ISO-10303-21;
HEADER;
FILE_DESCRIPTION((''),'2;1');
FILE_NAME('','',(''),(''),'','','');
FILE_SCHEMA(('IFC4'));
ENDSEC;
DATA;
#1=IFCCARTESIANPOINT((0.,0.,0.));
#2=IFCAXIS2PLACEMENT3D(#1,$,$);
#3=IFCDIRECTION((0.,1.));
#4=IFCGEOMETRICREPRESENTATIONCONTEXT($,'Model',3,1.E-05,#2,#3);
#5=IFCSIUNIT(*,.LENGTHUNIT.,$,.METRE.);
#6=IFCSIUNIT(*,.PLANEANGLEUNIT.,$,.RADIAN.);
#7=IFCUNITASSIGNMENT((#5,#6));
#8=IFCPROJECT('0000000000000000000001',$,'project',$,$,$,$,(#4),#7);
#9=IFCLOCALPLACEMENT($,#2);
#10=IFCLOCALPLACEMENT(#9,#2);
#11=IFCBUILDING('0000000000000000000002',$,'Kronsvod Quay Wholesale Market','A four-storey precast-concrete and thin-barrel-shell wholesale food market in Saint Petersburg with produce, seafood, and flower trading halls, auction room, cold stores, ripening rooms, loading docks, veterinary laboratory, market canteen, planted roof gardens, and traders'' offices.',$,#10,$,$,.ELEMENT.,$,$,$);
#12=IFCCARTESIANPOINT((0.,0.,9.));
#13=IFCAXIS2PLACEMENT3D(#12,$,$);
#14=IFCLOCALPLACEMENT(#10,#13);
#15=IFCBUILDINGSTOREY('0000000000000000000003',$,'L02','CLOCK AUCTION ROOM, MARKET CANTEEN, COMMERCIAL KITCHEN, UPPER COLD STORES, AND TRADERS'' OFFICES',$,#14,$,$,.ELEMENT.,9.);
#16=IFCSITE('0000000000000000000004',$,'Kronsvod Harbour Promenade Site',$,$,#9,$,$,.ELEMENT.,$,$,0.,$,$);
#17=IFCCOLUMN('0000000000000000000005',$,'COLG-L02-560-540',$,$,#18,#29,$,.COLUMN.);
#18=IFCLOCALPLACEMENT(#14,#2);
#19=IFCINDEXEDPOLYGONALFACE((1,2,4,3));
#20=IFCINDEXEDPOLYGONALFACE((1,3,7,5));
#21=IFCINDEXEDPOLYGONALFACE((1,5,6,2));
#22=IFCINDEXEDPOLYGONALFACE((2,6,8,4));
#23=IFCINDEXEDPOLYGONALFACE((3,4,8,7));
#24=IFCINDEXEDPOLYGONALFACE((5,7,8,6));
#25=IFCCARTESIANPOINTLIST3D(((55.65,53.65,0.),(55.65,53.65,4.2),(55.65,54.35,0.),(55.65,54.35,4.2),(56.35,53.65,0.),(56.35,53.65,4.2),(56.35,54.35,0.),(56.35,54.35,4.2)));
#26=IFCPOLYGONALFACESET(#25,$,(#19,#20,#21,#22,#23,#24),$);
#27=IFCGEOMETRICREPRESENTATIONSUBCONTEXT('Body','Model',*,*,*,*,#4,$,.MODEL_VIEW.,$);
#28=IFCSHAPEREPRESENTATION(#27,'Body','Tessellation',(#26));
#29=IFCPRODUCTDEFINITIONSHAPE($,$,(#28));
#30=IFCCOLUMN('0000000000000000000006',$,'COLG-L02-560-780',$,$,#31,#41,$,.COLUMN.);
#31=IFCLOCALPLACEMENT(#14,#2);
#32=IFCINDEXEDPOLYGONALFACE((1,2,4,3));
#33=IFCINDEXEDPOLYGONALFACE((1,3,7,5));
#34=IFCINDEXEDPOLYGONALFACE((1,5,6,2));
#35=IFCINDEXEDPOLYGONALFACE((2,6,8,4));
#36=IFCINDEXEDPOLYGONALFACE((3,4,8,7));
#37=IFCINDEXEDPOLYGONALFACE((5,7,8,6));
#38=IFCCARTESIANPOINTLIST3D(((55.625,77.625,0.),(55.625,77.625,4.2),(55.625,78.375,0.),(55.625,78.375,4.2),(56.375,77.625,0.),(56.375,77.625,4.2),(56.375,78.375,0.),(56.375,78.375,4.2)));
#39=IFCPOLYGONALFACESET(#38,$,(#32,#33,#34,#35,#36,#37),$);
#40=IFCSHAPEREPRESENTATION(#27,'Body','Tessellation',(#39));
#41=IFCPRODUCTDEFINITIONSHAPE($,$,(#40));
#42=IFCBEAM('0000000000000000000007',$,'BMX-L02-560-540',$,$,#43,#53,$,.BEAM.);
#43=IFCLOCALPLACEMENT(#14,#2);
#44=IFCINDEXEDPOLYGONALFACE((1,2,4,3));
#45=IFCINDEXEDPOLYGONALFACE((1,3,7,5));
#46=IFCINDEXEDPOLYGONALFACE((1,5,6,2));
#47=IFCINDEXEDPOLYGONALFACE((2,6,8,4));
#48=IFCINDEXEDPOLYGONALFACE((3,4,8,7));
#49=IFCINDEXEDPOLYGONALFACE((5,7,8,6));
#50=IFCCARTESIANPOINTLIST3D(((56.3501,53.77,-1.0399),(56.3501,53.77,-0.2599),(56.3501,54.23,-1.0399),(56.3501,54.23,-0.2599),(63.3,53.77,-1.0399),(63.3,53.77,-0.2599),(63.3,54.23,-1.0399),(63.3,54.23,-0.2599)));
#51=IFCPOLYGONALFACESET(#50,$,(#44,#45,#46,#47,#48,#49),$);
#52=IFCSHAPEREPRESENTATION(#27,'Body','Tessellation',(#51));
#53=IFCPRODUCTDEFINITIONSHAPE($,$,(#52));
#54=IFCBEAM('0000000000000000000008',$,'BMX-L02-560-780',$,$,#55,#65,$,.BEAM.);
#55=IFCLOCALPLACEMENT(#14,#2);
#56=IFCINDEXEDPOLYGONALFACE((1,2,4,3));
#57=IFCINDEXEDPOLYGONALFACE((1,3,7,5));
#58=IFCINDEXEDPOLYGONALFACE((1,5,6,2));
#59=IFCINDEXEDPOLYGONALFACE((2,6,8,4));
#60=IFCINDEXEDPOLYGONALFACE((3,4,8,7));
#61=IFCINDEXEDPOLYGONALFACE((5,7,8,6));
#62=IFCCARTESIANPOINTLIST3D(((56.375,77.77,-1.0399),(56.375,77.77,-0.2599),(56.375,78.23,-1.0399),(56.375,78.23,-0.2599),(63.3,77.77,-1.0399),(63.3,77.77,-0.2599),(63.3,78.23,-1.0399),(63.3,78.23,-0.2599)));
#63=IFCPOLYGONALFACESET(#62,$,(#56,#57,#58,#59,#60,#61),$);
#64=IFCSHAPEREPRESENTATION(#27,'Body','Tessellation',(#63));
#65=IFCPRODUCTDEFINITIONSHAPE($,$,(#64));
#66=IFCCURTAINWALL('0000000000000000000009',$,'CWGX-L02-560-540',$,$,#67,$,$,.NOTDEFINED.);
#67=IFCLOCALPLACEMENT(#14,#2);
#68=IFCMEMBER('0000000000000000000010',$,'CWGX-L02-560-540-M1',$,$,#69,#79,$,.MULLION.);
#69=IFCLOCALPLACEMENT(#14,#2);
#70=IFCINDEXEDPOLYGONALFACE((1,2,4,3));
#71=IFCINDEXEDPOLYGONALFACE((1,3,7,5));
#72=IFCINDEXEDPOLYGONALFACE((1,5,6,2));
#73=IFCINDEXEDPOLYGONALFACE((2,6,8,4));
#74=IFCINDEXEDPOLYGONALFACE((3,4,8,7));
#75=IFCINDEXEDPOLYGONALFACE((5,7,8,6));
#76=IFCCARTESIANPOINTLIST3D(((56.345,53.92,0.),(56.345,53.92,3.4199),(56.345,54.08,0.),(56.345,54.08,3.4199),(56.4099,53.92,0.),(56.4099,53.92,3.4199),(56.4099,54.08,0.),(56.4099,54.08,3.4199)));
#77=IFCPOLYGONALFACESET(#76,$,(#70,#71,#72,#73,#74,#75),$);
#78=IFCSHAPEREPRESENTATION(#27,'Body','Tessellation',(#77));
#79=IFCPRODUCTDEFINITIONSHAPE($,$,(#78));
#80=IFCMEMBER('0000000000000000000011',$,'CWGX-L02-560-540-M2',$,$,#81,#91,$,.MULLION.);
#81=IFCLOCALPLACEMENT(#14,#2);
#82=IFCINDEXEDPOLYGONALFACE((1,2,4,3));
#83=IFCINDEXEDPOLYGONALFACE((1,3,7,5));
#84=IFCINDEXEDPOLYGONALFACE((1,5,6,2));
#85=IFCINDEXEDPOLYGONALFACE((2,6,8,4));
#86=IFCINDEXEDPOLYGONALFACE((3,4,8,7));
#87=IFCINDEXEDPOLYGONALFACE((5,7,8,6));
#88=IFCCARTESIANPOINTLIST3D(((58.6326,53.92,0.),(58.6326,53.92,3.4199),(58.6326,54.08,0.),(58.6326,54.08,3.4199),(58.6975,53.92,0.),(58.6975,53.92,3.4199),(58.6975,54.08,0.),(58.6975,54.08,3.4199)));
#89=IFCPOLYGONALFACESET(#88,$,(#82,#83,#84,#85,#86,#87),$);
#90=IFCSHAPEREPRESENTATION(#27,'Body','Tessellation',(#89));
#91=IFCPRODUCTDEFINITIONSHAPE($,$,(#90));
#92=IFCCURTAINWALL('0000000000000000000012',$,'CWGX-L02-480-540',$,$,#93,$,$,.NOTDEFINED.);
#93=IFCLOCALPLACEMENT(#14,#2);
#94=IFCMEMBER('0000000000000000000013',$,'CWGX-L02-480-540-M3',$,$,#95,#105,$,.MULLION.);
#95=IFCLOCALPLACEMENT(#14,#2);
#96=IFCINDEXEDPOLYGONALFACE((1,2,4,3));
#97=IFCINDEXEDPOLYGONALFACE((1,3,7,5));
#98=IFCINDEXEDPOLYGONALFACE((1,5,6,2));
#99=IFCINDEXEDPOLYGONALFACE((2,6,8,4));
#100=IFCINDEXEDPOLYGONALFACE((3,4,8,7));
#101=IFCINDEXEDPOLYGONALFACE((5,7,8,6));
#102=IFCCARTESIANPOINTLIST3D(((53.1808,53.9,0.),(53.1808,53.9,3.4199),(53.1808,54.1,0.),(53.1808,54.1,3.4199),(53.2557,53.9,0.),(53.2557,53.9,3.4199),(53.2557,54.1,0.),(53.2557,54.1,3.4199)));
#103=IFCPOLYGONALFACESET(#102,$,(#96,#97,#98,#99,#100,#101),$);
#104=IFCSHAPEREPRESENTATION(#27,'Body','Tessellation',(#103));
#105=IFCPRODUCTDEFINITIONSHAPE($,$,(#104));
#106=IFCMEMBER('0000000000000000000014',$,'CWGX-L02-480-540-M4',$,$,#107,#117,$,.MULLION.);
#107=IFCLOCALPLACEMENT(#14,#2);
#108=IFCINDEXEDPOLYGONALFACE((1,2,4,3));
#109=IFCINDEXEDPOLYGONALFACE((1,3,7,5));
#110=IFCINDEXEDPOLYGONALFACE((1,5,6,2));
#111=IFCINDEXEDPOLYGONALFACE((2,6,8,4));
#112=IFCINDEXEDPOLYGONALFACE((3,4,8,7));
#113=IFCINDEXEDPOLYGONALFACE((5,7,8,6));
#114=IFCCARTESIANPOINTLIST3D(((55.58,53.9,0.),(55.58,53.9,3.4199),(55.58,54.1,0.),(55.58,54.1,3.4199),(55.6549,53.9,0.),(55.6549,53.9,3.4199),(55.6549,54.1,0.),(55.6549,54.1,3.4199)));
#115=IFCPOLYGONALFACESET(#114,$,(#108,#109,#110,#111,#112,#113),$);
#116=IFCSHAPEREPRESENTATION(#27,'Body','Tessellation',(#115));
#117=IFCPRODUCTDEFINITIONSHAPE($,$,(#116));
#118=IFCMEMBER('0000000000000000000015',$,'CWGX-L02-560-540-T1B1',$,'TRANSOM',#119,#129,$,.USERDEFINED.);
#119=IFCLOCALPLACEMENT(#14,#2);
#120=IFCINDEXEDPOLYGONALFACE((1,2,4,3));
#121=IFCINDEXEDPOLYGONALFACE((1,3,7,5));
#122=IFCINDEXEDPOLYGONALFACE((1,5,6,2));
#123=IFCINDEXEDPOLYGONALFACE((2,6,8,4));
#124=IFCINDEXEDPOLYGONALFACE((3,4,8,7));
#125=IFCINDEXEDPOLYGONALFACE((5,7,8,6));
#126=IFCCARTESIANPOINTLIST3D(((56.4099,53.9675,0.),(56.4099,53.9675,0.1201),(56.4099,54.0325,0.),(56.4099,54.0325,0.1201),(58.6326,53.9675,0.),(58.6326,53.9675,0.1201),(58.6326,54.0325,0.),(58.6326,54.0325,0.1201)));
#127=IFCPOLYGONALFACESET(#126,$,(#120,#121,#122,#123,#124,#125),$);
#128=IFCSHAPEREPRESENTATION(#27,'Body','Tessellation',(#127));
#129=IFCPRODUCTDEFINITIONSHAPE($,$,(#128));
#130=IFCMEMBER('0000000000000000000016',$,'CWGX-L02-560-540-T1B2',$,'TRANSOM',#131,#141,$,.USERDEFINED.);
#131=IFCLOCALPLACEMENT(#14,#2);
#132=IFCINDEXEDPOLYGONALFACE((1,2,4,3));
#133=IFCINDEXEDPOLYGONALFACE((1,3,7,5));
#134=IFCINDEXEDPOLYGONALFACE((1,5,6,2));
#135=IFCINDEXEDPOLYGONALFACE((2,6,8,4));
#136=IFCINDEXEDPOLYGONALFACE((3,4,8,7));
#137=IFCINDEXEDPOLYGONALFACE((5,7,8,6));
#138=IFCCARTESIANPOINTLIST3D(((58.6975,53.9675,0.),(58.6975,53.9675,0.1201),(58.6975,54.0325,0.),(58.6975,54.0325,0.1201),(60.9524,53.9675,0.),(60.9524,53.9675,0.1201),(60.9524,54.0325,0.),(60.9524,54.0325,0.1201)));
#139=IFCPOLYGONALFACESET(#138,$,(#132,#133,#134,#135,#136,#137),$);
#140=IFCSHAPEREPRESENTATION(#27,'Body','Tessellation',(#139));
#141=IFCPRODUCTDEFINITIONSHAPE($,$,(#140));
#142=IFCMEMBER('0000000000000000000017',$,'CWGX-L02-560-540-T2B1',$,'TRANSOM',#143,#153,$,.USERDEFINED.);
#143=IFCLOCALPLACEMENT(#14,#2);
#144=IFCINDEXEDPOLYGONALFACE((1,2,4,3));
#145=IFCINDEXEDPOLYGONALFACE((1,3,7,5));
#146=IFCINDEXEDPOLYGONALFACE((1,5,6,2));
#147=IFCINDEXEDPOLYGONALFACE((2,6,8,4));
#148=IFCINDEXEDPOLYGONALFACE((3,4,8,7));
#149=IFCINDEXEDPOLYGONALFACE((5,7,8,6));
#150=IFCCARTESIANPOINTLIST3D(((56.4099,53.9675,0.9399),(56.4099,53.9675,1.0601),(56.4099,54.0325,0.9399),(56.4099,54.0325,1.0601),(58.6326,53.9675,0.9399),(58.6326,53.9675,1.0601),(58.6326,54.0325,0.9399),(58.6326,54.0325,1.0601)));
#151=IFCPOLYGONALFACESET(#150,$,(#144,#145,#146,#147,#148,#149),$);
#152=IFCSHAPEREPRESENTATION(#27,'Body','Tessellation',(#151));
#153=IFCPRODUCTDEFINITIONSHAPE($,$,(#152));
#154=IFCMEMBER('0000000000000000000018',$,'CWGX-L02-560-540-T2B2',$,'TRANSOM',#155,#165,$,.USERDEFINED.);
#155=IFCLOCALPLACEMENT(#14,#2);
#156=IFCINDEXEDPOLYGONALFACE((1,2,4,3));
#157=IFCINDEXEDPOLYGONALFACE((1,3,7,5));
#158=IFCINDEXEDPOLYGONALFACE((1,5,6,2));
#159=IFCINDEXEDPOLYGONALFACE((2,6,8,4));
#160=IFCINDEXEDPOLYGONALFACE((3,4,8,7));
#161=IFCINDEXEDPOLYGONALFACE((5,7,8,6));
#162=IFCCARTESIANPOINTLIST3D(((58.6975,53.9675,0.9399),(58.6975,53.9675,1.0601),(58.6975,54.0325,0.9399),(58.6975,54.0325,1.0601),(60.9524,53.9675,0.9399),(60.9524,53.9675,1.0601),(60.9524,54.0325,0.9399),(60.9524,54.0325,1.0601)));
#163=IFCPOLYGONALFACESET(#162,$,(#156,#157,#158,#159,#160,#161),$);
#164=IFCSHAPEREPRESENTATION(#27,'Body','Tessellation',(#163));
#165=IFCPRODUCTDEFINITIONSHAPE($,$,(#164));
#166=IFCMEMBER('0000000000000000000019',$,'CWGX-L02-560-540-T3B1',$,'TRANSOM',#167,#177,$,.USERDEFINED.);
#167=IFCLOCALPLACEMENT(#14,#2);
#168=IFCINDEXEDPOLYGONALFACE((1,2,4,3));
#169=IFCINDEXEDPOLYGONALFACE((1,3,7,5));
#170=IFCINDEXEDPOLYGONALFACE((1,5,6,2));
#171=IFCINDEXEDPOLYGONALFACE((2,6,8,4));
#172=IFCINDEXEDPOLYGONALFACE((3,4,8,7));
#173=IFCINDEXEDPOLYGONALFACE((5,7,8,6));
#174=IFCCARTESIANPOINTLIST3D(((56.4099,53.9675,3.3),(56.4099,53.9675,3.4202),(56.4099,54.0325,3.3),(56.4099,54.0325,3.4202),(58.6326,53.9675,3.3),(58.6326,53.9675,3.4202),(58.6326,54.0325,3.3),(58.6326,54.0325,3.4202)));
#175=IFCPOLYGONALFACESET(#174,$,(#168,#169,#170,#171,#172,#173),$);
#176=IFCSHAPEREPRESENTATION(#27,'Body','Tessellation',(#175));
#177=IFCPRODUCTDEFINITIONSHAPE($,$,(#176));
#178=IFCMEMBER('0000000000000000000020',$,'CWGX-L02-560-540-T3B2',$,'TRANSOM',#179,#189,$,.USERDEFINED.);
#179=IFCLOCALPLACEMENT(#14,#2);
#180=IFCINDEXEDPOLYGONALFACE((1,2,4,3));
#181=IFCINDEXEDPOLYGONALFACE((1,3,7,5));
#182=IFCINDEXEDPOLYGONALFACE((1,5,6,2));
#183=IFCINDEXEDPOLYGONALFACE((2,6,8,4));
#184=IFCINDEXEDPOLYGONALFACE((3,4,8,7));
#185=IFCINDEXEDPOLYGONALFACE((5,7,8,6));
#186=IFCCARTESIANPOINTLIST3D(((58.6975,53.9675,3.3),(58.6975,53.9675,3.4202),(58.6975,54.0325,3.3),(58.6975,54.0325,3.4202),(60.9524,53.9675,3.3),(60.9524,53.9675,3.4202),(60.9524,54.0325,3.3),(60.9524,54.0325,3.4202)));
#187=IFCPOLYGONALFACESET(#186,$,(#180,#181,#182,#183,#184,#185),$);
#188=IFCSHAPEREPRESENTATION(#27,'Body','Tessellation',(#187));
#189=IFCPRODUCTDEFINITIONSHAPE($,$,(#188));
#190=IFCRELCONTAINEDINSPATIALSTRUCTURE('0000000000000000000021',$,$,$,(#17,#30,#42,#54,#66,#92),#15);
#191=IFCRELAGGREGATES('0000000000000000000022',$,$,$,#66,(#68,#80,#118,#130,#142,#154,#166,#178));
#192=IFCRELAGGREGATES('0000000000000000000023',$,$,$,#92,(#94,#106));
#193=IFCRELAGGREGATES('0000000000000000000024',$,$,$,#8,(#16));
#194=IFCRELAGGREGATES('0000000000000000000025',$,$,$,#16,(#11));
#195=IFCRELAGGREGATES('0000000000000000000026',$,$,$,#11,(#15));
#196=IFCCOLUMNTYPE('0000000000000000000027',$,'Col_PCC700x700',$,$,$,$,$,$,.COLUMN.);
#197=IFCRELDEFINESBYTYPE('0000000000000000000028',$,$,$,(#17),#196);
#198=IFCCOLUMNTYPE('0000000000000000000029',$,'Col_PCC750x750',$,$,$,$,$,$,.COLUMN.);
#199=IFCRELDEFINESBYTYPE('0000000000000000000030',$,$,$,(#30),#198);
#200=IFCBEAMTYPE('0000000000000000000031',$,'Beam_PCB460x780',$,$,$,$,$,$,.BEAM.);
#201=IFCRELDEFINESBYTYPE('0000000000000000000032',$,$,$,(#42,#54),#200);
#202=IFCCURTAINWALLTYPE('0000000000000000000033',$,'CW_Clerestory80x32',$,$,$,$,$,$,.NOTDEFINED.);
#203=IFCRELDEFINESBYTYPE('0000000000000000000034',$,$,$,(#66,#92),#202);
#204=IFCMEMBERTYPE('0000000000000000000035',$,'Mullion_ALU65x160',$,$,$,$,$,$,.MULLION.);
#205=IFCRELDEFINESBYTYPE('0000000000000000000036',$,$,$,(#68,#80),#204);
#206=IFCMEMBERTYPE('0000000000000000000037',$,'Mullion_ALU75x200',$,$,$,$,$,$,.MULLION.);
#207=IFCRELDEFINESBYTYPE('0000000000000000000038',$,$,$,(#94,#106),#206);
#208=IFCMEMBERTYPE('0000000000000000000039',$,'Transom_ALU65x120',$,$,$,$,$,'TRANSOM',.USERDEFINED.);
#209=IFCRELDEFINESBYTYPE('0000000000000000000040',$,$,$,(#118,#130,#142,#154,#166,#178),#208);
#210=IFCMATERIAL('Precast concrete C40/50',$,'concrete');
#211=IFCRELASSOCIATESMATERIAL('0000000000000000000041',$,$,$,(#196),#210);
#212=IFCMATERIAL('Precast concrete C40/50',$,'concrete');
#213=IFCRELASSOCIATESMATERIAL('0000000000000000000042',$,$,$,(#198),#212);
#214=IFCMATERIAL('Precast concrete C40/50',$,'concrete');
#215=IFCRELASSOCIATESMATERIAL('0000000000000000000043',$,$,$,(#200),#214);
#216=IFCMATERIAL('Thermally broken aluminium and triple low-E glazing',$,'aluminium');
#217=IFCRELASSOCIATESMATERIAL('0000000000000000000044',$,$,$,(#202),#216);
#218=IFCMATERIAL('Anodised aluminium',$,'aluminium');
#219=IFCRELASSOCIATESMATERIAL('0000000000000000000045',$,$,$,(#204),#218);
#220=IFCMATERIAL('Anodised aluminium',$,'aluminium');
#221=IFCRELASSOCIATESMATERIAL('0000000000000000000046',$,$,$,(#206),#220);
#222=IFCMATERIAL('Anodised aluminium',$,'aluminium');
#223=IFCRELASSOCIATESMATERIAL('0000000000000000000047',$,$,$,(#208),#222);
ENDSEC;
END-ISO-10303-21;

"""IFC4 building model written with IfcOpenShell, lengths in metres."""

from ifc_helpers import new_model, si_unit, direction, frame, origin, origin_2d, place, context, subcontext, project, spatial, rectangle, extrude, material, material_profile, profile_set, type_object, element, aggregate, save


model = new_model("IFC4")

# Units and contexts
model_context = context("Model", 3, precision=1e-05, world=origin(), true_north=direction((0.0, 1.0)))
body_context = subcontext(model_context, "Body", "Model", "MODEL_VIEW")
ifc_project = project(units=[si_unit("LENGTHUNIT", "METRE"), si_unit("PLANEANGLEUNIT", "RADIAN")], contexts=[model_context])

# Site, building, storey
site_placement = place(None, origin())
site = spatial("IfcSite", under=ifc_project, at=site_placement, Name="Kronsvod Harbour Promenade Site", CompositionType="ELEMENT", RefElevation=0.0)
building_placement = place(site_placement, origin())
building = spatial("IfcBuilding", under=site, at=building_placement, Name="Kronsvod Quay Wholesale Market", Description="A four-storey precast-concrete and thin-barrel-shell wholesale food market in Saint Petersburg with produce, seafood, and flower trading halls, auction room, cold stores, ripening rooms, loading docks, veterinary laboratory, market canteen, planted roof gardens, and traders' offices.", CompositionType="ELEMENT")
storey_placement = place(building_placement, frame((0.0, 0.0, 9.0)))
storey = spatial("IfcBuildingStorey", under=building, at=storey_placement, Name="L02", Description="CLOCK AUCTION ROOM, MARKET CANTEEN, COMMERCIAL KITCHEN, UPPER COLD STORES, AND TRADERS' OFFICES", CompositionType="ELEMENT", Elevation=9.0)

# Columns
ifc_material_1 = material(Name="Precast concrete C40/50", Category="concrete")
ifc_material_profile_1 = material_profile(ifc_material_1, rectangle(XDim=0.7, YDim=0.7, at=origin_2d()), Name="PCC700x700")
ifc_profile_set_1 = profile_set([ifc_material_profile_1], Name="Precast concrete C40/50")
column_type_1 = type_object("IfcColumnType", Name="Col_PCC700x700", PredefinedType="COLUMN", material=ifc_profile_set_1)
column_1_placement = place(storey_placement, frame((56.0, 54.0, 0.0), z_axis=(0.0, 0.0, 1.0), x_axis=(1.0, 0.0, 0.0)))
element("IfcColumn", 1, at=column_1_placement, inside=storey, type_object=column_type_1, Name="COLG-L02-560-540", PredefinedType="COLUMN", context=body_context, shape_type="SweptSolid", body=[
    extrude(rectangle(XDim=0.7, YDim=0.7, at=origin_2d()), origin(), (0.0, 0.0, 1.0), 4.2),
])
ifc_material_2 = material(Name="Precast concrete C40/50", Category="concrete")
ifc_material_profile_2 = material_profile(ifc_material_2, rectangle(XDim=0.75, YDim=0.75, at=origin_2d()), Name="COL-07")
ifc_profile_set_2 = profile_set([ifc_material_profile_2], Name="Precast concrete C40/50")
column_type_2 = type_object("IfcColumnType", Name="Col_PCC750x750", PredefinedType="COLUMN", material=ifc_profile_set_2)
column_2_placement = place(storey_placement, frame((56.0, 78.0, 0.0), z_axis=(0.0, 0.0, 1.0), x_axis=(1.0, 0.0, 0.0)))
element("IfcColumn", 2, at=column_2_placement, inside=storey, type_object=column_type_2, Name="COLG-L02-560-780", PredefinedType="COLUMN", context=body_context, shape_type="SweptSolid", body=[
    extrude(rectangle(XDim=0.75, YDim=0.75, at=origin_2d()), origin(), (0.0, 0.0, 1.0), 4.2),
])

# Beams
ifc_material_3 = material(Name="Precast concrete C40/50", Category="concrete")
ifc_material_profile_3 = material_profile(ifc_material_3, rectangle(XDim=0.46, YDim=0.78, at=origin_2d()), Name="PB-03")
ifc_profile_set_3 = profile_set([ifc_material_profile_3], Name="Precast concrete C40/50")
beam_type = type_object("IfcBeamType", Name="Beam_PCB460x780", PredefinedType="BEAM", material=ifc_profile_set_3)
beam_1_placement = place(storey_placement, frame((56.3501, 54.0, -0.6499), z_axis=(1.0, 0.0, 0.0), x_axis=(0.0, 1.0, 0.0)))
element("IfcBeam", 3, at=beam_1_placement, inside=storey, type_object=beam_type, Name="BMX-L02-560-540", PredefinedType="BEAM", context=body_context, shape_type="SweptSolid", body=[
    extrude(rectangle(XDim=0.46, YDim=0.78, at=origin_2d()), origin(), (0.0, 0.0, 1.0), 6.95),
])
beam_2_placement = place(storey_placement, frame((56.375, 78.0, -0.6499), z_axis=(1.0, 0.0, 0.0), x_axis=(0.0, 1.0, 0.0)))
element("IfcBeam", 4, at=beam_2_placement, inside=storey, type_object=beam_type, Name="BMX-L02-560-780", PredefinedType="BEAM", context=body_context, shape_type="SweptSolid", body=[
    extrude(rectangle(XDim=0.46, YDim=0.78, at=origin_2d()), origin(), (0.0, 0.0, 1.0), 6.925),
])

# Curtain walls, members
ifc_material_4 = material(Name="Thermally broken aluminium and triple low-E glazing", Category="aluminium")
curtain_wall_type = type_object("IfcCurtainWallType", Name="CW_Clerestory80x32", PredefinedType="NOTDEFINED", material=ifc_material_4)
curtain_wall_1_placement = place(storey_placement, origin())
curtain_wall_1 = element("IfcCurtainWall", 5, at=curtain_wall_1_placement, inside=storey, type_object=curtain_wall_type, Name="CWGX-L02-560-540", PredefinedType="NOTDEFINED")
ifc_material_5 = material(Name="Anodised aluminium", Category="aluminium")
ifc_material_profile_4 = material_profile(ifc_material_5, rectangle(XDim=0.0649, YDim=0.1599, at=origin_2d()), Name="ALUM65x160")
ifc_profile_set_4 = profile_set([ifc_material_profile_4], Name="Anodised aluminium")
member_type_1 = type_object("IfcMemberType", Name="Mullion_ALU65x160", PredefinedType="MULLION", material=ifc_profile_set_4)
member_1_placement = place(storey_placement, frame((56.3774, 54.0, 0.0), z_axis=(0.0, 0.0, 1.0), x_axis=(1.0, 0.0, 0.0)))
member_1 = element("IfcMember", 6, at=member_1_placement, type_object=member_type_1, Name="CWGX-L02-560-540-M1", PredefinedType="MULLION", context=body_context, shape_type="SweptSolid", body=[
    extrude(rectangle(XDim=0.0649, YDim=0.1599, at=origin_2d()), origin(), (0.0, 0.0, 1.0), 3.4199),
])
member_2_placement = place(storey_placement, frame((58.665, 54.0, 0.0), z_axis=(0.0, 0.0, 1.0), x_axis=(1.0, 0.0, 0.0)))
member_2 = element("IfcMember", 7, at=member_2_placement, type_object=member_type_1, Name="CWGX-L02-560-540-M2", PredefinedType="MULLION", context=body_context, shape_type="SweptSolid", body=[
    extrude(rectangle(XDim=0.0649, YDim=0.1599, at=origin_2d()), origin(), (0.0, 0.0, 1.0), 3.4199),
])
curtain_wall_2_placement = place(storey_placement, origin())
curtain_wall_2 = element("IfcCurtainWall", 8, at=curtain_wall_2_placement, inside=storey, type_object=curtain_wall_type, Name="CWGX-L02-480-540", PredefinedType="NOTDEFINED")
ifc_material_6 = material(Name="Anodised aluminium", Category="aluminium")
ifc_material_profile_5 = material_profile(ifc_material_6, rectangle(XDim=0.075, YDim=0.2, at=origin_2d()), Name="ALUM75x200")
ifc_profile_set_5 = profile_set([ifc_material_profile_5], Name="Anodised aluminium")
member_type_2 = type_object("IfcMemberType", Name="Mullion_ALU75x200", PredefinedType="MULLION", material=ifc_profile_set_5)
member_3_placement = place(storey_placement, frame((53.2183, 54.0, 0.0), z_axis=(0.0, 0.0, 1.0), x_axis=(1.0, 0.0, 0.0)))
member_3 = element("IfcMember", 9, at=member_3_placement, type_object=member_type_2, Name="CWGX-L02-480-540-M3", PredefinedType="MULLION", context=body_context, shape_type="SweptSolid", body=[
    extrude(rectangle(XDim=0.075, YDim=0.2, at=origin_2d()), origin(), (0.0, 0.0, 1.0), 3.4199),
])
member_4_placement = place(storey_placement, frame((55.6174, 54.0, 0.0), z_axis=(0.0, 0.0, 1.0), x_axis=(1.0, 0.0, 0.0)))
member_4 = element("IfcMember", 10, at=member_4_placement, type_object=member_type_2, Name="CWGX-L02-480-540-M4", PredefinedType="MULLION", context=body_context, shape_type="SweptSolid", body=[
    extrude(rectangle(XDim=0.075, YDim=0.2, at=origin_2d()), origin(), (0.0, 0.0, 1.0), 3.4199),
])

# Members
ifc_material_7 = material(Name="Anodised aluminium", Category="aluminium")
ifc_material_profile_6 = material_profile(ifc_material_7, rectangle(XDim=0.0649, YDim=0.1201, at=origin_2d()), Name="ALUT65x120")
ifc_profile_set_6 = profile_set([ifc_material_profile_6], Name="Anodised aluminium")
member_type_3 = type_object("IfcMemberType", Name="Transom_ALU65x120", ElementType="TRANSOM", PredefinedType="USERDEFINED", material=ifc_profile_set_6)
member_5_placement = place(storey_placement, frame((56.4099, 54.0, 0.0601), z_axis=(1.0, 0.0, 0.0), x_axis=(0.0, 1.0, 0.0)))
member_5 = element("IfcMember", 11, at=member_5_placement, type_object=member_type_3, Name="CWGX-L02-560-540-T1B1", ObjectType="TRANSOM", PredefinedType="USERDEFINED", context=body_context, shape_type="SweptSolid", body=[
    extrude(rectangle(XDim=0.0649, YDim=0.1201, at=origin_2d()), origin(), (0.0, 0.0, 1.0), 2.2227),
])
member_6_placement = place(storey_placement, frame((58.6975, 54.0, 0.0601), z_axis=(1.0, 0.0, 0.0), x_axis=(0.0, 1.0, 0.0)))
member_6 = element("IfcMember", 12, at=member_6_placement, type_object=member_type_3, Name="CWGX-L02-560-540-T1B2", ObjectType="TRANSOM", PredefinedType="USERDEFINED", context=body_context, shape_type="SweptSolid", body=[
    extrude(rectangle(XDim=0.0649, YDim=0.1201, at=origin_2d()), origin(), (0.0, 0.0, 1.0), 2.2549),
])
member_7_placement = place(storey_placement, frame((56.4099, 54.0, 1.0), z_axis=(1.0, 0.0, 0.0), x_axis=(0.0, 1.0, 0.0)))
member_7 = element("IfcMember", 13, at=member_7_placement, type_object=member_type_3, Name="CWGX-L02-560-540-T2B1", ObjectType="TRANSOM", PredefinedType="USERDEFINED", context=body_context, shape_type="SweptSolid", body=[
    extrude(rectangle(XDim=0.0649, YDim=0.1201, at=origin_2d()), origin(), (0.0, 0.0, 1.0), 2.2227),
])
member_8_placement = place(storey_placement, frame((58.6975, 54.0, 1.0), z_axis=(1.0, 0.0, 0.0), x_axis=(0.0, 1.0, 0.0)))
member_8 = element("IfcMember", 14, at=member_8_placement, type_object=member_type_3, Name="CWGX-L02-560-540-T2B2", ObjectType="TRANSOM", PredefinedType="USERDEFINED", context=body_context, shape_type="SweptSolid", body=[
    extrude(rectangle(XDim=0.0649, YDim=0.1201, at=origin_2d()), origin(), (0.0, 0.0, 1.0), 2.2549),
])
member_9_placement = place(storey_placement, frame((56.4099, 54.0, 3.3601), z_axis=(1.0, 0.0, 0.0), x_axis=(0.0, 1.0, 0.0)))
member_9 = element("IfcMember", 15, at=member_9_placement, type_object=member_type_3, Name="CWGX-L02-560-540-T3B1", ObjectType="TRANSOM", PredefinedType="USERDEFINED", context=body_context, shape_type="SweptSolid", body=[
    extrude(rectangle(XDim=0.0649, YDim=0.1201, at=origin_2d()), origin(), (0.0, 0.0, 1.0), 2.2227),
])
member_10_placement = place(storey_placement, frame((58.6975, 54.0, 3.3601), z_axis=(1.0, 0.0, 0.0), x_axis=(0.0, 1.0, 0.0)))
member_10 = element("IfcMember", 16, at=member_10_placement, type_object=member_type_3, Name="CWGX-L02-560-540-T3B2", ObjectType="TRANSOM", PredefinedType="USERDEFINED", context=body_context, shape_type="SweptSolid", body=[
    extrude(rectangle(XDim=0.0649, YDim=0.1201, at=origin_2d()), origin(), (0.0, 0.0, 1.0), 2.2549),
])

aggregate(curtain_wall_1, [member_1, member_2, member_5, member_6, member_7, member_8, member_9, member_10])
aggregate(curtain_wall_2, [member_3, member_4])

save(model, "model.ifc")
